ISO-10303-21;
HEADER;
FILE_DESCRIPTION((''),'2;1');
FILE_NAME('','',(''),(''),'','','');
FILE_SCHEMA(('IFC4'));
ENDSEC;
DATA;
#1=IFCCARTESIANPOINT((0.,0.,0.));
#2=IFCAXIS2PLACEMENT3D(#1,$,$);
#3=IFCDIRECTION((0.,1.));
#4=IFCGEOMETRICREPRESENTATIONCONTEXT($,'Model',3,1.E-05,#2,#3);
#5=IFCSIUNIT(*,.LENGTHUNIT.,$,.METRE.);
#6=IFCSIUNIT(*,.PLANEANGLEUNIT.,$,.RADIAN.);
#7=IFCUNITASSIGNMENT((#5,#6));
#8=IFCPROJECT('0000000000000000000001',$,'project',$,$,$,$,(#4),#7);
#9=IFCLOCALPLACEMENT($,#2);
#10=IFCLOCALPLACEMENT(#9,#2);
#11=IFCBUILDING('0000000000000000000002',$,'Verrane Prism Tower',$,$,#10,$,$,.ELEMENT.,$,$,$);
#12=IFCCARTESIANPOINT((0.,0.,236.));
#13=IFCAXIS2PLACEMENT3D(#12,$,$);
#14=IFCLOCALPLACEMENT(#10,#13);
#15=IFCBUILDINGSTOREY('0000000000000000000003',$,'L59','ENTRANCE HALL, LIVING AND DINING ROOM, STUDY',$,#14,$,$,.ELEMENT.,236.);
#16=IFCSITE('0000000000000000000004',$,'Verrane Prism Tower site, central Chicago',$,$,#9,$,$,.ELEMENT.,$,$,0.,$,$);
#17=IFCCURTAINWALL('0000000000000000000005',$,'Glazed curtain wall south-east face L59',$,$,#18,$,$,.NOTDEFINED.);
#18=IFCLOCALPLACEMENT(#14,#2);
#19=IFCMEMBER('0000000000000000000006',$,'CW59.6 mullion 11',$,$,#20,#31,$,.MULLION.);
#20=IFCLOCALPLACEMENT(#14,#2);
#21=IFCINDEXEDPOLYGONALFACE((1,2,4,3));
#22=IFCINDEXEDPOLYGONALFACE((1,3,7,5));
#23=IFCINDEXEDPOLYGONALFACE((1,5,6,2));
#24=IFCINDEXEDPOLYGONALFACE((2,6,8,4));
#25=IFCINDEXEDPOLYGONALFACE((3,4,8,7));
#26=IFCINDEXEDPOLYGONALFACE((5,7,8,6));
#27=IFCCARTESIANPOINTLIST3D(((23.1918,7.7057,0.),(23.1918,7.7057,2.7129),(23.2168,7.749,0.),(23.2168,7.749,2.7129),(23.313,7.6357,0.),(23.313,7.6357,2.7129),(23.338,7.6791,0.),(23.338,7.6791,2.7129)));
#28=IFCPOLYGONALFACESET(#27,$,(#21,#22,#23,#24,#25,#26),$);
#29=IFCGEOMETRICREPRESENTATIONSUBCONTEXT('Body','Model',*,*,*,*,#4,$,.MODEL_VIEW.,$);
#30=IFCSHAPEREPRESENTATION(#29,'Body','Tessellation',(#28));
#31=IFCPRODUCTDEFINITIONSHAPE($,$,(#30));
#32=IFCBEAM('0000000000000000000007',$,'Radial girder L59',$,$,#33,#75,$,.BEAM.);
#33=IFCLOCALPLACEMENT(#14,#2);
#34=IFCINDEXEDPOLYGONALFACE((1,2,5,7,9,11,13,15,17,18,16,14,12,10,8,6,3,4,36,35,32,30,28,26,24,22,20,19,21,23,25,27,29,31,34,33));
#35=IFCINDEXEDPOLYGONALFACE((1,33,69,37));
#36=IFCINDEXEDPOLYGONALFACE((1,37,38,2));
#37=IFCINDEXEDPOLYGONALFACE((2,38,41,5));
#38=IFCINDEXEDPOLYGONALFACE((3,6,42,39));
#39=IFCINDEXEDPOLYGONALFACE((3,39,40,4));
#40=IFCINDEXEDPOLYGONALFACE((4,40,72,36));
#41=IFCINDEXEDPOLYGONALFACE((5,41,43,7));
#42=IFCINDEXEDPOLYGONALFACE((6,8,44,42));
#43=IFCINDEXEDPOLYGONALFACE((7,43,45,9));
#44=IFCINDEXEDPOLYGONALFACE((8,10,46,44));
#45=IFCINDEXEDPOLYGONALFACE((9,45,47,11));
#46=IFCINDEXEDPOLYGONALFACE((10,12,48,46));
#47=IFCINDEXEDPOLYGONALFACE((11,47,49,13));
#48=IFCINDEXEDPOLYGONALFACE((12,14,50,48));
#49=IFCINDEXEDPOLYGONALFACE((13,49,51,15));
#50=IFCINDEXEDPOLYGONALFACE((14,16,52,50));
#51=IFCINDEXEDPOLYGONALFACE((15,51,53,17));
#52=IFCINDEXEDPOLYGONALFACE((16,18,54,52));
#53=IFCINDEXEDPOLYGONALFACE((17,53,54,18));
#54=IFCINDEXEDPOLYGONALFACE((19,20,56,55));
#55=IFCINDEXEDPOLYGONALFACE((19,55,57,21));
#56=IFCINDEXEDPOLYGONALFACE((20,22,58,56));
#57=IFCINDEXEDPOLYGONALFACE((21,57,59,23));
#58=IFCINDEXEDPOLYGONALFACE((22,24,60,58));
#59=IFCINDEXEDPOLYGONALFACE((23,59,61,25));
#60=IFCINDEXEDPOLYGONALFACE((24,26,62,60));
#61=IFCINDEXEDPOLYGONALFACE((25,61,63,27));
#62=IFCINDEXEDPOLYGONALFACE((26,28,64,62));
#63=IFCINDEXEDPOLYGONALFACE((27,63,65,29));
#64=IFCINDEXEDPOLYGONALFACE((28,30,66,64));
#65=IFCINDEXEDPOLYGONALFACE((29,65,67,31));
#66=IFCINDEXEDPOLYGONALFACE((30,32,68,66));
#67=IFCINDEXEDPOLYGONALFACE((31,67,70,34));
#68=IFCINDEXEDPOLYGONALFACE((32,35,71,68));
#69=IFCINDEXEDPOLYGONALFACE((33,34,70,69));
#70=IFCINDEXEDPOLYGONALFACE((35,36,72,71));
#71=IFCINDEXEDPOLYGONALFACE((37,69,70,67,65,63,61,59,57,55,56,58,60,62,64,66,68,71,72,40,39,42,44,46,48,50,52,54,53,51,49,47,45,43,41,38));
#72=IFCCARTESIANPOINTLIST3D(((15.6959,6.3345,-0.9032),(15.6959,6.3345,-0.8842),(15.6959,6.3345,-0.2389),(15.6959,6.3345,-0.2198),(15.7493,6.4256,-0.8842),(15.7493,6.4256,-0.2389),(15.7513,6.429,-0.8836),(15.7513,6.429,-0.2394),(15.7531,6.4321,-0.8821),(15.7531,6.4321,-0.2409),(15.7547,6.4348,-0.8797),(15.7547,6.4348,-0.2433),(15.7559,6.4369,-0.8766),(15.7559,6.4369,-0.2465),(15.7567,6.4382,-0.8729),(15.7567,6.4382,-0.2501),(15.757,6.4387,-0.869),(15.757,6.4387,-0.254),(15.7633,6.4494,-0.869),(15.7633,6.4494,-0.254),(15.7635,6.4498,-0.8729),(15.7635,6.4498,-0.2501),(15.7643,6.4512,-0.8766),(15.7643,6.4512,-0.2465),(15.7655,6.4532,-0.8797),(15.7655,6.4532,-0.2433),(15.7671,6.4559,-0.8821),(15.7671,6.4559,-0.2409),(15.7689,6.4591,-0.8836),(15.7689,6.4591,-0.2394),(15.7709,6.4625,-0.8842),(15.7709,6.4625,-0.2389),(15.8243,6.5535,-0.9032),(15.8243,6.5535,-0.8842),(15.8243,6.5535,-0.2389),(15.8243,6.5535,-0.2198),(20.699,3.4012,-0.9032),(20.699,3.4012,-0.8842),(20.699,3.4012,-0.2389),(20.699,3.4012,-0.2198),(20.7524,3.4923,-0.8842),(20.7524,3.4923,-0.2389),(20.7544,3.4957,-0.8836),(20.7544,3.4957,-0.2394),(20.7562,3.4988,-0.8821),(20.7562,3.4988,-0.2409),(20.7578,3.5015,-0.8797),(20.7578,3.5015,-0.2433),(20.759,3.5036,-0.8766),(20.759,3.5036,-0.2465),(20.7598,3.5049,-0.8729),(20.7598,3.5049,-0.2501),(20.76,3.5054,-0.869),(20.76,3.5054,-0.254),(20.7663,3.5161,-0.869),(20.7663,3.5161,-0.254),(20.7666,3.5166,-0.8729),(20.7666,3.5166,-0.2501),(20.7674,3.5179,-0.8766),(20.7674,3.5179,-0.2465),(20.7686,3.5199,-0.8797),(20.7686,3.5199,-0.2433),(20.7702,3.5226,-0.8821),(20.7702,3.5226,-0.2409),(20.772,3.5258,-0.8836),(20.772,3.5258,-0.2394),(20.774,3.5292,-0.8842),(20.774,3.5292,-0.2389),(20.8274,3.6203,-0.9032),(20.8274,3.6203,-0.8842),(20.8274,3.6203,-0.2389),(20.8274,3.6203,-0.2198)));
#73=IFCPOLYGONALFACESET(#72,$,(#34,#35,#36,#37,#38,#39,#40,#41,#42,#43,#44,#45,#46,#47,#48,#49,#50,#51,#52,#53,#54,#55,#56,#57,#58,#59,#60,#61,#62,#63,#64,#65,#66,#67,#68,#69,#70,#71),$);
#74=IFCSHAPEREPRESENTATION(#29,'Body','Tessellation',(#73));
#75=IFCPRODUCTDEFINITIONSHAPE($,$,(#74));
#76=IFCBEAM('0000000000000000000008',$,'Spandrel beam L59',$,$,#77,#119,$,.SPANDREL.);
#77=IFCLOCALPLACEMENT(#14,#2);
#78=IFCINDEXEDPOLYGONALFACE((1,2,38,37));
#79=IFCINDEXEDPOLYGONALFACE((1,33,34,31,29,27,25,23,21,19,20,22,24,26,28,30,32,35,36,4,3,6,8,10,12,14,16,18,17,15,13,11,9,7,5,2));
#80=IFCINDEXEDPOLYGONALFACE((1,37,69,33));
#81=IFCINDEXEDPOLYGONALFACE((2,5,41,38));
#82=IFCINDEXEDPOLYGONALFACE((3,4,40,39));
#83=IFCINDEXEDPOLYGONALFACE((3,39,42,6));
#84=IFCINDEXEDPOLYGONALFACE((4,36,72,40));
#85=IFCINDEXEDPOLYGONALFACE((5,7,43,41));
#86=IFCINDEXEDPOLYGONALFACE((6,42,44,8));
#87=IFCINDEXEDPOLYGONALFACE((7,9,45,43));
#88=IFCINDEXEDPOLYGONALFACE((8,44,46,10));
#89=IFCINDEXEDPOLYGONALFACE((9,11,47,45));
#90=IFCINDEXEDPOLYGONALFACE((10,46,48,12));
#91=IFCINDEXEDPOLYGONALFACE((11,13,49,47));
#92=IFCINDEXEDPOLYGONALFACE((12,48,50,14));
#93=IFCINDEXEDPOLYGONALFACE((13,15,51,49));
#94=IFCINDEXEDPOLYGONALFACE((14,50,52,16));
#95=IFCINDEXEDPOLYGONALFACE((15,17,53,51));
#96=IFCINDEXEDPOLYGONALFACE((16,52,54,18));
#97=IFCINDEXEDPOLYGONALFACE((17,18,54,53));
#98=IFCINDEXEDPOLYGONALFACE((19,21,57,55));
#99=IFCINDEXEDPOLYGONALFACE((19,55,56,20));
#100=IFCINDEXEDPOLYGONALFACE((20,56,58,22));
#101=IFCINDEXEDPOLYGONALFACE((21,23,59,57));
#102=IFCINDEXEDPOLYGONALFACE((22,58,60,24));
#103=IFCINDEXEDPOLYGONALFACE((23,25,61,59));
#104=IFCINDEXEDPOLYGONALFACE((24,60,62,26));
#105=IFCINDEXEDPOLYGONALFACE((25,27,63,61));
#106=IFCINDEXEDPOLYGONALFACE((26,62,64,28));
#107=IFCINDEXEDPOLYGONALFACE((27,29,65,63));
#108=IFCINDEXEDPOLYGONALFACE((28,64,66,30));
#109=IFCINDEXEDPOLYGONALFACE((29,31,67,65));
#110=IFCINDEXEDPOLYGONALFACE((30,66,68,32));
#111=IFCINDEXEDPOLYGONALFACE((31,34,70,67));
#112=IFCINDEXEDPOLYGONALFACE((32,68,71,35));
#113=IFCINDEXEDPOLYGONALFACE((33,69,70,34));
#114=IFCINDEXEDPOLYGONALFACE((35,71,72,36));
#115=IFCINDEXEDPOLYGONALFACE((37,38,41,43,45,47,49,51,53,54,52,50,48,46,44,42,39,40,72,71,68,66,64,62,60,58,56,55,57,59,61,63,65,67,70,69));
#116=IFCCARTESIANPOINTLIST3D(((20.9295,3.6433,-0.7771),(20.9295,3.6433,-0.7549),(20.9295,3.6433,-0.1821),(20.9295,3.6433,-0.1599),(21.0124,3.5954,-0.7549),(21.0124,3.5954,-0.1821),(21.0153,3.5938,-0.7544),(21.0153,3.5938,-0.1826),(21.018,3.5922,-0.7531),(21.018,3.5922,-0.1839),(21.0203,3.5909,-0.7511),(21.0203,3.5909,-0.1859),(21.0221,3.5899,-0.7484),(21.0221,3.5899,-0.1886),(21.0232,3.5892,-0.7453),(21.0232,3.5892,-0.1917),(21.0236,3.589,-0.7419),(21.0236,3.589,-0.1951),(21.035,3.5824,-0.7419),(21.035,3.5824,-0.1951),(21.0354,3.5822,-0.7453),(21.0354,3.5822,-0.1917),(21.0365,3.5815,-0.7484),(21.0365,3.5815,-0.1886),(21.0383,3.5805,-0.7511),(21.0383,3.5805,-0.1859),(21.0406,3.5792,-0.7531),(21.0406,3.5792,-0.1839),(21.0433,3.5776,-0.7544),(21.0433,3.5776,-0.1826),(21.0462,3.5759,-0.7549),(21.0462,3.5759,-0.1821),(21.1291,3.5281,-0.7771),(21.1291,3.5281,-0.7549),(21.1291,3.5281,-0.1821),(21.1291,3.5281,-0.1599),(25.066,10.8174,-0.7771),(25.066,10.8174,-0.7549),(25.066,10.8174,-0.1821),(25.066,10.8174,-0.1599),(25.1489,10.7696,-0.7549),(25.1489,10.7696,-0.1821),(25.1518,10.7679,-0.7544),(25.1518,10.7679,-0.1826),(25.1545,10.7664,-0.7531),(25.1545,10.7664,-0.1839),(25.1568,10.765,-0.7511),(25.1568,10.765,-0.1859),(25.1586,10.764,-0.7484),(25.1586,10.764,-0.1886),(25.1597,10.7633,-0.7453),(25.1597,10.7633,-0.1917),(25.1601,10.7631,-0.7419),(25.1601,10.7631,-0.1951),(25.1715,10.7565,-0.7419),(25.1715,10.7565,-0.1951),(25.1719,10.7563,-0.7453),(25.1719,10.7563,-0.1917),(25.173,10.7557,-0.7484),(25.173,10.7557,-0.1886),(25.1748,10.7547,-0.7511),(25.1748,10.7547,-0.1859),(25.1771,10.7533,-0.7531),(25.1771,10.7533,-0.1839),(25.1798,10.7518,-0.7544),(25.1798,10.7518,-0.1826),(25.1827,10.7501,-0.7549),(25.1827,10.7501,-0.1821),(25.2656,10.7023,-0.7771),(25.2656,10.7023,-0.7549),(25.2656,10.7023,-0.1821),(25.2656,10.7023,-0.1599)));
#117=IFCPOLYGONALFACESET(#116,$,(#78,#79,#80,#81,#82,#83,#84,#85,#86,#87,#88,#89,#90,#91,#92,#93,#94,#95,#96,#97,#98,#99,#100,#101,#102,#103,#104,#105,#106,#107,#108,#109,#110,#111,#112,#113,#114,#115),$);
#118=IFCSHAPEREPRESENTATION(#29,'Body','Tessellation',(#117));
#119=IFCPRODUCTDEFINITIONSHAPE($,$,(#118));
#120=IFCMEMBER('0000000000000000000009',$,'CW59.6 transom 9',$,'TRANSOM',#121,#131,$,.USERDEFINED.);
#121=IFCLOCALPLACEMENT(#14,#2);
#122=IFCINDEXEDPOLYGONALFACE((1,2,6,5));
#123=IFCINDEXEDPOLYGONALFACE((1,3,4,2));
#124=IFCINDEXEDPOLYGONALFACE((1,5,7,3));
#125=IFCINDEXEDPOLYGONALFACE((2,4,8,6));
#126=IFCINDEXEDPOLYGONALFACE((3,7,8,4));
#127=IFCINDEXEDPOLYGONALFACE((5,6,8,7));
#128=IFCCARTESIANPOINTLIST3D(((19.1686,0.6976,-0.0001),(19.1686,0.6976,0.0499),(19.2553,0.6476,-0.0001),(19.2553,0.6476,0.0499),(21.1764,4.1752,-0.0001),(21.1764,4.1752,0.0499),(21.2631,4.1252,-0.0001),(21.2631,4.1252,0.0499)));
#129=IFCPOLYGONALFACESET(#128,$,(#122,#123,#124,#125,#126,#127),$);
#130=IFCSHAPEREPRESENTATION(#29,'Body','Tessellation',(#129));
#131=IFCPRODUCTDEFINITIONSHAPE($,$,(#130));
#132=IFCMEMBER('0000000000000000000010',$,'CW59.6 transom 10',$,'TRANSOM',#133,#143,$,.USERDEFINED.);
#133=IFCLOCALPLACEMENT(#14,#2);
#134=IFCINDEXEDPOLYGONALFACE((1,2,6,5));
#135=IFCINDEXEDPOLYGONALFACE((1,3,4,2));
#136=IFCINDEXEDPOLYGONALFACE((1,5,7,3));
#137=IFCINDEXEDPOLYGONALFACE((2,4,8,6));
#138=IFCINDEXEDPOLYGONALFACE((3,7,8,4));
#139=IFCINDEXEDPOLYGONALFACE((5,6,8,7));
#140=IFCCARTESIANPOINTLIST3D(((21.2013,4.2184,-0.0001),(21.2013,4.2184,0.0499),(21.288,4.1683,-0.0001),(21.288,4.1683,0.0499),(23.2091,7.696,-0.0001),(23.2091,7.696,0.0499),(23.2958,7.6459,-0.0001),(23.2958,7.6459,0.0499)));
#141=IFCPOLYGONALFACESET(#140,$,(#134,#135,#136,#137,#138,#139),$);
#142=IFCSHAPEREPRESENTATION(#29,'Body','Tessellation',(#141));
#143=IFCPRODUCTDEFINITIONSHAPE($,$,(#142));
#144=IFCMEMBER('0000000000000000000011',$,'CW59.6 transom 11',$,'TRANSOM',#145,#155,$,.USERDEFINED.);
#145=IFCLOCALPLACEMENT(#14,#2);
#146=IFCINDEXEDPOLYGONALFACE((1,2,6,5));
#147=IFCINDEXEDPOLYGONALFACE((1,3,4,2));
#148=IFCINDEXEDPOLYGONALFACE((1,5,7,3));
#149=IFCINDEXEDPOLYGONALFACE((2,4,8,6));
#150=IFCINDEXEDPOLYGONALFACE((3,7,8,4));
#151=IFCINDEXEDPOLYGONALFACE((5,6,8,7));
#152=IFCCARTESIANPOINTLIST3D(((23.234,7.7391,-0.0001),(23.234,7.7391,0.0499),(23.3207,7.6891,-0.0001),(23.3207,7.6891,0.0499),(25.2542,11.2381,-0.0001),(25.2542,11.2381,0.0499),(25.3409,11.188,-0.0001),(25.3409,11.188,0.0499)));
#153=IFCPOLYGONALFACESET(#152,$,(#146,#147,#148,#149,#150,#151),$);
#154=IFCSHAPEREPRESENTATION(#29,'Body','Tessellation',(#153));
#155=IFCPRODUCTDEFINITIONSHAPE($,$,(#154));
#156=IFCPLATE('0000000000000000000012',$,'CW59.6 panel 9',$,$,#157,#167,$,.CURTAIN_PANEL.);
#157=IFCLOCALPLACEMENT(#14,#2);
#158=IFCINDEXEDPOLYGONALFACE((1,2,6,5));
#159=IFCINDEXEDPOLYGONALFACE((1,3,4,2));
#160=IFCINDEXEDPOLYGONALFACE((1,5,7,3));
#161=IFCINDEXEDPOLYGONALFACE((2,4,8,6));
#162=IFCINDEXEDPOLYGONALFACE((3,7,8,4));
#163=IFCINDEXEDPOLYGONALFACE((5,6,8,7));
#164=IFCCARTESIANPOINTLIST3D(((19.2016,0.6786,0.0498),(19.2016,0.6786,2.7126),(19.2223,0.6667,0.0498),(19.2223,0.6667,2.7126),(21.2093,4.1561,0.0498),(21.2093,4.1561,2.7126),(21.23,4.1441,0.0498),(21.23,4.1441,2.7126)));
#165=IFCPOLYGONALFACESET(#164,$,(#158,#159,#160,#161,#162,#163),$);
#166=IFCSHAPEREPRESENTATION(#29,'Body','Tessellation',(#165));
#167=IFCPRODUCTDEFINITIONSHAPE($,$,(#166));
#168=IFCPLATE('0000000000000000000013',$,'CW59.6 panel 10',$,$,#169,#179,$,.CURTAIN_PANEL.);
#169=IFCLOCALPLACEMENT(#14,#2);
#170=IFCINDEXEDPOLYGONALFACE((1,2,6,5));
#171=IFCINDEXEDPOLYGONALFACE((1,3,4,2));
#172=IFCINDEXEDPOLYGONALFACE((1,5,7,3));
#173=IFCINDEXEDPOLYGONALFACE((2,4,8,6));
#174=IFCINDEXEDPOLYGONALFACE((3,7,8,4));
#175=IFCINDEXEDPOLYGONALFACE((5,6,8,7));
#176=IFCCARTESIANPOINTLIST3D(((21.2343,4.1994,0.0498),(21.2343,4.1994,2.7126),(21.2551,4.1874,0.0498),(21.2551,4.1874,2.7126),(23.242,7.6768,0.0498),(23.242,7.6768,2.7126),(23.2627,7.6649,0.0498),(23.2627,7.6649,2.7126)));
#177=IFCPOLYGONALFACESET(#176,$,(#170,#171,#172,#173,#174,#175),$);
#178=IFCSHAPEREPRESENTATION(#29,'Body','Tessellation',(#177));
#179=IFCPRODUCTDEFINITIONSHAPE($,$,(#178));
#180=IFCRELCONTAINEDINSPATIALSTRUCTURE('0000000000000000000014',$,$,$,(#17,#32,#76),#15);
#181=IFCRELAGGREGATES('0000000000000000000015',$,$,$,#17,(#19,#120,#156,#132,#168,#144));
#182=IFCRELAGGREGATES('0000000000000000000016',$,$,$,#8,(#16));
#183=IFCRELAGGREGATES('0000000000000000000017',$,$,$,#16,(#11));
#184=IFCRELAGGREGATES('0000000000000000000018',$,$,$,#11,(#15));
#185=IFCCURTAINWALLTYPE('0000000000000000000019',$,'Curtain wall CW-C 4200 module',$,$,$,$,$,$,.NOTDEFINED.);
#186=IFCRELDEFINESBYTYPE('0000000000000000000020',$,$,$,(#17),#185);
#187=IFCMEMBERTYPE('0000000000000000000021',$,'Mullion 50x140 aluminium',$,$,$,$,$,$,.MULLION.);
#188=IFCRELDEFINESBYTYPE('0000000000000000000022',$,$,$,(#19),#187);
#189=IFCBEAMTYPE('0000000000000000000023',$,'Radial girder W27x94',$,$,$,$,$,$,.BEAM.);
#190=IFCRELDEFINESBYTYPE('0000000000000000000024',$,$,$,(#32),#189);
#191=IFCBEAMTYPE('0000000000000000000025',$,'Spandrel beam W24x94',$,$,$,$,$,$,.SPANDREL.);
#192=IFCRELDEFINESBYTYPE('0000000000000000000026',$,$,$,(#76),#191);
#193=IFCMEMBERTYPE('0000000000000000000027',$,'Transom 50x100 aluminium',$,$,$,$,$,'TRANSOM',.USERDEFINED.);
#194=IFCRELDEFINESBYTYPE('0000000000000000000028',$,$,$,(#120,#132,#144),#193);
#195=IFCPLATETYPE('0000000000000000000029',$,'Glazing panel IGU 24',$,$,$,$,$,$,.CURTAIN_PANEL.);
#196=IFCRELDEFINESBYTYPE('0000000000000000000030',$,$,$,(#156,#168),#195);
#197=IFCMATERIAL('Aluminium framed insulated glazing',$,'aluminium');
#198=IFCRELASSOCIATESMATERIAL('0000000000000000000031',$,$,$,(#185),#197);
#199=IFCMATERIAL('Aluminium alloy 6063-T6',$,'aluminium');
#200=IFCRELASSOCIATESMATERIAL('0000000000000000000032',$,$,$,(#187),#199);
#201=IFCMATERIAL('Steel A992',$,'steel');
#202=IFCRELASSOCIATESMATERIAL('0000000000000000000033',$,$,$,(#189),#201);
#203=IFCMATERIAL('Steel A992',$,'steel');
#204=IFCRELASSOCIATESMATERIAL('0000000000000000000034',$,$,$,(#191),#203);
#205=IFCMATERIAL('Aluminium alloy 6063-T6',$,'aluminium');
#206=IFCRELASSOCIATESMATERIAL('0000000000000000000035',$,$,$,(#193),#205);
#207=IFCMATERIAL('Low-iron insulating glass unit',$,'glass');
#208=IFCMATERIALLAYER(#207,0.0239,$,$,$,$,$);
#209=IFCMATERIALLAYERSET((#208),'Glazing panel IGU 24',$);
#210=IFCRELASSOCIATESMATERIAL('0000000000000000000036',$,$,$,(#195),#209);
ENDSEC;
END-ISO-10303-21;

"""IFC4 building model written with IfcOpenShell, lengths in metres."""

from ifc_helpers import new_model, si_unit, direction, frame, origin, origin_2d, place, context, subcontext, project, spatial, rectangle, i_section, extrude, material, layer, layer_set, material_profile, profile_set, type_object, element, aggregate, save


model = new_model("IFC4")

# Units and contexts
model_context = context("Model", 3, precision=1e-05, world=origin(), true_north=direction((0.0, 1.0)))
body_context = subcontext(model_context, "Body", "Model", "MODEL_VIEW")
ifc_project = project(units=[si_unit("LENGTHUNIT", "METRE"), si_unit("PLANEANGLEUNIT", "RADIAN")], contexts=[model_context])

# Site, building, storey
site_placement = place(None, origin())
site = spatial("IfcSite", under=ifc_project, at=site_placement, Name="Verrane Prism Tower site, central Chicago", CompositionType="ELEMENT", RefElevation=0.0)
building_placement = place(site_placement, origin())
building = spatial("IfcBuilding", under=site, at=building_placement, Name="Verrane Prism Tower", CompositionType="ELEMENT")
storey_placement = place(building_placement, frame((0.0, 0.0, 236.0)))
storey = spatial("IfcBuildingStorey", under=building, at=storey_placement, Name="L59", Description="ENTRANCE HALL, LIVING AND DINING ROOM, STUDY", CompositionType="ELEMENT", Elevation=236.0)

# Curtain wall, member
ifc_material_1 = material(Name="Aluminium framed insulated glazing", Category="aluminium")
curtain_wall_type = type_object("IfcCurtainWallType", Name="Curtain wall CW-C 4200 module", PredefinedType="NOTDEFINED", material=ifc_material_1)
curtain_wall_placement = place(storey_placement, origin())
curtain_wall = element("IfcCurtainWall", 1, at=curtain_wall_placement, inside=storey, type_object=curtain_wall_type, Name="Glazed curtain wall south-east face L59", PredefinedType="NOTDEFINED")
ifc_material_2 = material(Name="Aluminium alloy 6063-T6", Category="aluminium")
ifc_material_profile_1 = material_profile(ifc_material_2, rectangle(XDim=0.1399, YDim=0.05, at=origin_2d()), Name="Mullion 50x140 aluminium")
ifc_profile_set_1 = profile_set([ifc_material_profile_1], Name="Aluminium alloy 6063-T6")
member_type_1 = type_object("IfcMemberType", Name="Mullion 50x140 aluminium", PredefinedType="MULLION", material=ifc_profile_set_1)
member_1_placement = place(storey_placement, frame((23.2649, 7.6924, 0.0), z_axis=(0.0, 0.0, 1.0), x_axis=(-0.866026, 0.499999, 0.0)))
member_1 = element("IfcMember", 2, at=member_1_placement, type_object=member_type_1, Name="CW59.6 mullion 11", PredefinedType="MULLION", context=body_context, shape_type="SweptSolid", body=[
    extrude(rectangle(XDim=0.1399, YDim=0.05, at=origin_2d()), origin(), (0.0, 0.0, 1.0), 2.7129),
])

# Beams
ifc_material_3 = material(Name="Steel A992", Category="steel")
ifc_material_profile_2 = material_profile(ifc_material_3, i_section(OverallWidth=0.2539, OverallDepth=0.6833, WebThickness=0.0125, FlangeThickness=0.019, FilletRadius=0.0151, at=origin_2d()), Name="W27x94")
ifc_profile_set_2 = profile_set([ifc_material_profile_2], Name="Steel A992")
beam_type_1 = type_object("IfcBeamType", Name="Radial girder W27x94", PredefinedType="BEAM", material=ifc_profile_set_2)
beam_1_placement = place(storey_placement, frame((20.7632, 3.5107, -0.5615), z_axis=(-0.862664, 0.505778, 0.0), x_axis=(-0.505778, -0.862664, 0.0)))
element("IfcBeam", 3, at=beam_1_placement, inside=storey, type_object=beam_type_1, Name="Radial girder L59", PredefinedType="BEAM", context=body_context, shape_type="SweptSolid", body=[
    extrude(i_section(OverallWidth=0.2539, OverallDepth=0.6833, WebThickness=0.0125, FlangeThickness=0.019, FilletRadius=0.0151, at=origin_2d()), origin(), (0.0, 0.0, 1.0), 5.7996),
])
ifc_material_4 = material(Name="Steel A992", Category="steel")
ifc_material_profile_3 = material_profile(ifc_material_4, i_section(OverallWidth=0.2305, OverallDepth=0.6172, WebThickness=0.0132, FlangeThickness=0.0222, FilletRadius=0.0129, at=origin_2d()), Name="W24x94")
ifc_profile_set_3 = profile_set([ifc_material_profile_3], Name="Steel A992")
beam_type_2 = type_object("IfcBeamType", Name="Spandrel beam W24x94", PredefinedType="SPANDREL", material=ifc_profile_set_3)
beam_2_placement = place(storey_placement, frame((21.0293, 3.5857, -0.4685), z_axis=(0.499504, 0.866312, 0.0), x_axis=(-0.866312, 0.499504, 0.0)))
element("IfcBeam", 4, at=beam_2_placement, inside=storey, type_object=beam_type_2, Name="Spandrel beam L59", PredefinedType="SPANDREL", context=body_context, shape_type="SweptSolid", body=[
    extrude(i_section(OverallWidth=0.2305, OverallDepth=0.6172, WebThickness=0.0132, FlangeThickness=0.0222, FilletRadius=0.0129, at=origin_2d()), origin(), (0.0, 0.0, 1.0), 8.2812),
])

# Members
ifc_material_5 = material(Name="Aluminium alloy 6063-T6", Category="aluminium")
ifc_material_profile_4 = material_profile(ifc_material_5, rectangle(XDim=0.1001, YDim=0.05, at=origin_2d()), Name="Transom 50x100 aluminium")
ifc_profile_set_4 = profile_set([ifc_material_profile_4], Name="Aluminium alloy 6063-T6")
member_type_2 = type_object("IfcMemberType", Name="Transom 50x100 aluminium", ElementType="TRANSOM", PredefinedType="USERDEFINED", material=ifc_profile_set_4)
member_2_placement = place(storey_placement, frame((19.2119, 0.6726, 0.0249), z_axis=(0.50001, 0.86602, 0.0), x_axis=(-0.86602, 0.50001, 0.0)))
member_2 = element("IfcMember", 5, at=member_2_placement, type_object=member_type_2, Name="CW59.6 transom 9", ObjectType="TRANSOM", PredefinedType="USERDEFINED", context=body_context, shape_type="SweptSolid", body=[
    extrude(rectangle(XDim=0.1001, YDim=0.05, at=origin_2d()), origin(), (0.0, 0.0, 1.0), 4.0156),
])
member_3_placement = place(storey_placement, frame((21.2446, 4.1934, 0.0249), z_axis=(0.50001, 0.86602, 0.0), x_axis=(-0.86602, 0.50001, 0.0)))
member_3 = element("IfcMember", 6, at=member_3_placement, type_object=member_type_2, Name="CW59.6 transom 10", ObjectType="TRANSOM", PredefinedType="USERDEFINED", context=body_context, shape_type="SweptSolid", body=[
    extrude(rectangle(XDim=0.1001, YDim=0.05, at=origin_2d()), origin(), (0.0, 0.0, 1.0), 4.0156),
])
member_4_placement = place(storey_placement, frame((23.2773, 7.7141, 0.0249), z_axis=(0.500019, 0.866015, 0.0), x_axis=(-0.866015, 0.500019, 0.0)))
member_4 = element("IfcMember", 7, at=member_4_placement, type_object=member_type_2, Name="CW59.6 transom 11", ObjectType="TRANSOM", PredefinedType="USERDEFINED", context=body_context, shape_type="SweptSolid", body=[
    extrude(rectangle(XDim=0.1001, YDim=0.05, at=origin_2d()), origin(), (0.0, 0.0, 1.0), 4.0403),
])

# Plates
ifc_material_6 = material(Name="Low-iron insulating glass unit", Category="glass")
ifc_layer_1 = layer(ifc_material_6, 0.0239)
ifc_layer_set_1 = layer_set([ifc_layer_1], Name="Glazing panel IGU 24")
plate_type = type_object("IfcPlateType", Name="Glazing panel IGU 24", PredefinedType="CURTAIN_PANEL", material=ifc_layer_set_1)
plate_1_placement = place(storey_placement, frame((20.2158, 2.4114, 0.0498), z_axis=(0.0, 0.0, 1.0), x_axis=(0.499999, 0.866026, 0.0)))
plate_1 = element("IfcPlate", 8, at=plate_1_placement, type_object=plate_type, Name="CW59.6 panel 9", PredefinedType="CURTAIN_PANEL", context=body_context, shape_type="SweptSolid", body=[
    extrude(rectangle(XDim=4.0154, YDim=0.0239, at=origin_2d()), origin(), (0.0, 0.0, 1.0), 2.6628),
])
plate_2_placement = place(storey_placement, frame((22.2485, 5.9321, 0.0498), z_axis=(0.0, 0.0, 1.0), x_axis=(0.499999, 0.866026, 0.0)))
plate_2 = element("IfcPlate", 9, at=plate_2_placement, type_object=plate_type, Name="CW59.6 panel 10", PredefinedType="CURTAIN_PANEL", context=body_context, shape_type="SweptSolid", body=[
    extrude(rectangle(XDim=4.0154, YDim=0.0239, at=origin_2d()), origin(), (0.0, 0.0, 1.0), 2.6628),
])
aggregate(curtain_wall, [member_1, member_2, plate_1, member_3, plate_2, member_4])

save(model, "model.ifc")
